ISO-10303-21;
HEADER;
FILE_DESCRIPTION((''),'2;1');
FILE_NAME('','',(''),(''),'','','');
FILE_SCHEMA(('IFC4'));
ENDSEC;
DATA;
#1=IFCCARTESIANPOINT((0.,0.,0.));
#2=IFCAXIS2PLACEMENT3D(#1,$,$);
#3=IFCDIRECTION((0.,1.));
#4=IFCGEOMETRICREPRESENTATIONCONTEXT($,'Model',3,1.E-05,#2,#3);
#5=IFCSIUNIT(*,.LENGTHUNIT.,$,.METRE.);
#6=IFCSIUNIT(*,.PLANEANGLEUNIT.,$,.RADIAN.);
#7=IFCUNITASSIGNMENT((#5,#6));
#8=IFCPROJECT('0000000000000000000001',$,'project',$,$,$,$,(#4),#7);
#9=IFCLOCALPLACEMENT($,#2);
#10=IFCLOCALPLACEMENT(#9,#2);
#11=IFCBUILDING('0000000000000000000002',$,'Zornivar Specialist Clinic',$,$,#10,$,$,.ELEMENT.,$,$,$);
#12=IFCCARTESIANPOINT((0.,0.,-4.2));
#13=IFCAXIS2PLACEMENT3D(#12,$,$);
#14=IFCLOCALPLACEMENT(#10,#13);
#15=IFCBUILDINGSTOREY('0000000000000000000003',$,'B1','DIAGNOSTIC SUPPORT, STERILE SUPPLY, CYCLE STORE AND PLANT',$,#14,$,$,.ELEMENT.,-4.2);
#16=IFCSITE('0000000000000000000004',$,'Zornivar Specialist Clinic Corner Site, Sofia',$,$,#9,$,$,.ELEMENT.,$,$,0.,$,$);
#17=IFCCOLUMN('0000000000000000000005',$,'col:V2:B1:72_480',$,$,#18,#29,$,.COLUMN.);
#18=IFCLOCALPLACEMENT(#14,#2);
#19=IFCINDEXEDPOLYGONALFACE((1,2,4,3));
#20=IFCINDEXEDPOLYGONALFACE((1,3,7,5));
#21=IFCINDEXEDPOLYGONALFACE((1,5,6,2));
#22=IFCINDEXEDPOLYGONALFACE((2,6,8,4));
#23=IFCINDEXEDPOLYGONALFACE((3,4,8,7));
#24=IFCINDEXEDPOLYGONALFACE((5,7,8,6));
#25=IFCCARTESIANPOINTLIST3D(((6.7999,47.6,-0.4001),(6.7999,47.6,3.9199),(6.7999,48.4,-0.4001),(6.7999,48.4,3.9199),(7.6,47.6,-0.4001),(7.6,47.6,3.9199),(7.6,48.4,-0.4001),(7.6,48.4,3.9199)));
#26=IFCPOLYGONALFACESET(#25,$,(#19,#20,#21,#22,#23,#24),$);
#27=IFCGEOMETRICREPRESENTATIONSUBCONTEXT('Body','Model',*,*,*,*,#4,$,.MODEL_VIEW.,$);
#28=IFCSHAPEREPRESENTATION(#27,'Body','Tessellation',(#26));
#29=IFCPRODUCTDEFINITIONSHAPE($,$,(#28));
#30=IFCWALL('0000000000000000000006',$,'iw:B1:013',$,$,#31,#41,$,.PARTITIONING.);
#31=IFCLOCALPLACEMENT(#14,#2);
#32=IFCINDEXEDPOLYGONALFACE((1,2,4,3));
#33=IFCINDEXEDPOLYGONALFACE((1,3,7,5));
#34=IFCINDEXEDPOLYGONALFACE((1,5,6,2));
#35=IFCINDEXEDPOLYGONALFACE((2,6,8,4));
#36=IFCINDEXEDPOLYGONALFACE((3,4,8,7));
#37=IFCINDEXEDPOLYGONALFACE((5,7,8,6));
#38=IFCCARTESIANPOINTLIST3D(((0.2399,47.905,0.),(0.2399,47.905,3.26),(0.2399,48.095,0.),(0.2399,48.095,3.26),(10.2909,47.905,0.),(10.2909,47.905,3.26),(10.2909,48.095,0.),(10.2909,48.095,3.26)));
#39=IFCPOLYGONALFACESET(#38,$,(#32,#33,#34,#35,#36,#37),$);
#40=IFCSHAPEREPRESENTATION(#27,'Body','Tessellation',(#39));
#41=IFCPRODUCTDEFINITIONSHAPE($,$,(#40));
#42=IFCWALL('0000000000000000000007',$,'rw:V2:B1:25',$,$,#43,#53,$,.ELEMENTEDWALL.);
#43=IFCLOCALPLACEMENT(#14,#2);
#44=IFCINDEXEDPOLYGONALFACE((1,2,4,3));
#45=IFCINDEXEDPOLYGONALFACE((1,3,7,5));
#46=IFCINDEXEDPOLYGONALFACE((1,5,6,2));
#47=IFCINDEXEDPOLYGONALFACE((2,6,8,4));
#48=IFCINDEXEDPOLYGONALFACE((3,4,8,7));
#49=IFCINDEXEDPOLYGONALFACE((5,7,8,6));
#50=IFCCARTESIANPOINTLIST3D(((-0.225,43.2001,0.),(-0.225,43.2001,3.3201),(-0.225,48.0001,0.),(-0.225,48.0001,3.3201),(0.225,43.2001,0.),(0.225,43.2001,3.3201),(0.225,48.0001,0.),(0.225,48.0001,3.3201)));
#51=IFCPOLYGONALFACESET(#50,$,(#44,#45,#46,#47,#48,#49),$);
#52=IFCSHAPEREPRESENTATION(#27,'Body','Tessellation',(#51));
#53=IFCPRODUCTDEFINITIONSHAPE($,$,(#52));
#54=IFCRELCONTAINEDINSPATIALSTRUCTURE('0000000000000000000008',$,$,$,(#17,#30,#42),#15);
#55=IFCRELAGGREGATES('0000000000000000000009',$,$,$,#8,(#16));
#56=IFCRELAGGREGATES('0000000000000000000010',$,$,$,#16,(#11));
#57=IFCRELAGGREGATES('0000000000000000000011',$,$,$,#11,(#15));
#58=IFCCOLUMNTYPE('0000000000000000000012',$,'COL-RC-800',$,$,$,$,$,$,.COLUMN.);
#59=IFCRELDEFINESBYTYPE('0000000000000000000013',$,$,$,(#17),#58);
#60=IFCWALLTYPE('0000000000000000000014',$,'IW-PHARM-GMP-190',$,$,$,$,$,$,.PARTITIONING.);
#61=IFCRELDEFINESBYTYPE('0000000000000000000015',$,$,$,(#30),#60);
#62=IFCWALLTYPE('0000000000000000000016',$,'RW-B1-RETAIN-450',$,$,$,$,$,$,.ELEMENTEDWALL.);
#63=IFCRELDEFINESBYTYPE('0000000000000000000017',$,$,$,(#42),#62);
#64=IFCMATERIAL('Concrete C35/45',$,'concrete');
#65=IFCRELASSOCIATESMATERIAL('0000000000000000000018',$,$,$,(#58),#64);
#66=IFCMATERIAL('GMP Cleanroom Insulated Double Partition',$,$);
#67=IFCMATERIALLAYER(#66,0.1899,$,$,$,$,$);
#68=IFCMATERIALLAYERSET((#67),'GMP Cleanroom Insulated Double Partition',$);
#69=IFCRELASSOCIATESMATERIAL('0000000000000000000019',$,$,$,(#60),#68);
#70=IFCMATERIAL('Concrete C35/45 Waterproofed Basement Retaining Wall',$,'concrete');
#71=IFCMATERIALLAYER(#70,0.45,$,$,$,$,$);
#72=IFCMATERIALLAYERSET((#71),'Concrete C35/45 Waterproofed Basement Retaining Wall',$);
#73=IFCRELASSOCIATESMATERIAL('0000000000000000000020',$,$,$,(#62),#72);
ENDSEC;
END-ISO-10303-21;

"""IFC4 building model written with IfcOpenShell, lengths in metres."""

from ifc_helpers import new_model, si_unit, direction, frame, frame_2d, origin, origin_2d, place, context, subcontext, project, spatial, rectangle, extrude, material, layer, layer_set, material_profile, profile_set, type_object, element, save


model = new_model("IFC4")

# Units and contexts
model_context = context("Model", 3, precision=1e-05, world=origin(), true_north=direction((0.0, 1.0)))
body_context = subcontext(model_context, "Body", "Model", "MODEL_VIEW")
ifc_project = project(units=[si_unit("LENGTHUNIT", "METRE"), si_unit("PLANEANGLEUNIT", "RADIAN")], contexts=[model_context])

# Site, building, storey
site_placement = place(None, origin())
site = spatial("IfcSite", under=ifc_project, at=site_placement, Name="Zornivar Specialist Clinic Corner Site, Sofia", CompositionType="ELEMENT", RefElevation=0.0)
building_placement = place(site_placement, origin())
building = spatial("IfcBuilding", under=site, at=building_placement, Name="Zornivar Specialist Clinic", CompositionType="ELEMENT")
storey_placement = place(building_placement, frame((0.0, 0.0, -4.2)))
storey = spatial("IfcBuildingStorey", under=building, at=storey_placement, Name="B1", Description="DIAGNOSTIC SUPPORT, STERILE SUPPLY, CYCLE STORE AND PLANT", CompositionType="ELEMENT", Elevation=-4.2)

# Column
ifc_material_1 = material(Name="Concrete C35/45", Category="concrete")
ifc_material_profile_1 = material_profile(ifc_material_1, rectangle(XDim=0.8, YDim=0.8, at=origin_2d()), Name="RC 800x800")
ifc_profile_set_1 = profile_set([ifc_material_profile_1], Name="Concrete C35/45")
column_type = type_object("IfcColumnType", Name="COL-RC-800", PredefinedType="COLUMN", material=ifc_profile_set_1)
for number, where, z_axis, x_axis, name in (
    (1, (7.2, 48.0, -0.4001), (0.0, 0.0, 1.0), (1.0, 0.0, 0.0), "col:V2:B1:72_480"),
):
    element("IfcColumn", number, at=place(storey_placement, frame(where, z_axis=z_axis, x_axis=x_axis)), inside=storey, type_object=column_type, Name=name, PredefinedType="COLUMN", context=body_context, shape_type="SweptSolid", body=[
        extrude(rectangle(XDim=0.8, YDim=0.8, at=origin_2d()), origin(), (0.0, 0.0, 1.0), 4.3201),
    ])

# Walls
ifc_material_2 = material(Name="GMP Cleanroom Insulated Double Partition")
ifc_layer_1 = layer(ifc_material_2, 0.1899)
ifc_layer_set_1 = layer_set([ifc_layer_1], Name="GMP Cleanroom Insulated Double Partition")
wall_type_1 = type_object("IfcWallType", Name="IW-PHARM-GMP-190", PredefinedType="PARTITIONING", material=ifc_layer_set_1)
wall_1_placement = place(storey_placement, frame((0.24, 48.0, 0.0), z_axis=(0.0, 0.0, 1.0), x_axis=(1.0, 0.0, 0.0)))
element("IfcWall", 2, at=wall_1_placement, inside=storey, type_object=wall_type_1, Name="iw:B1:013", PredefinedType="PARTITIONING", context=body_context, shape_type="SweptSolid", body=[
    extrude(rectangle(XDim=10.051, YDim=0.1899, at=frame_2d((5.0254, 0.0))), origin(), (0.0, 0.0, 1.0), 3.26),
])
ifc_material_3 = material(Name="Concrete C35/45 Waterproofed Basement Retaining Wall", Category="concrete")
ifc_layer_2 = layer(ifc_material_3, 0.45)
ifc_layer_set_2 = layer_set([ifc_layer_2], Name="Concrete C35/45 Waterproofed Basement Retaining Wall")
wall_type_2 = type_object("IfcWallType", Name="RW-B1-RETAIN-450", PredefinedType="ELEMENTEDWALL", material=ifc_layer_set_2)
wall_2_placement = place(storey_placement, frame((0.0, 48.0, 0.0), z_axis=(0.0, 0.0, 1.0), x_axis=(0.0, -1.0, 0.0)))
element("IfcWall", 3, at=wall_2_placement, inside=storey, type_object=wall_type_2, Name="rw:V2:B1:25", PredefinedType="ELEMENTEDWALL", context=body_context, shape_type="SweptSolid", body=[
    extrude(rectangle(XDim=4.8, YDim=0.45, at=frame_2d((2.3999, 0.0))), origin(), (0.0, 0.0, 1.0), 3.3201),
])

save(model, "model.ifc")
